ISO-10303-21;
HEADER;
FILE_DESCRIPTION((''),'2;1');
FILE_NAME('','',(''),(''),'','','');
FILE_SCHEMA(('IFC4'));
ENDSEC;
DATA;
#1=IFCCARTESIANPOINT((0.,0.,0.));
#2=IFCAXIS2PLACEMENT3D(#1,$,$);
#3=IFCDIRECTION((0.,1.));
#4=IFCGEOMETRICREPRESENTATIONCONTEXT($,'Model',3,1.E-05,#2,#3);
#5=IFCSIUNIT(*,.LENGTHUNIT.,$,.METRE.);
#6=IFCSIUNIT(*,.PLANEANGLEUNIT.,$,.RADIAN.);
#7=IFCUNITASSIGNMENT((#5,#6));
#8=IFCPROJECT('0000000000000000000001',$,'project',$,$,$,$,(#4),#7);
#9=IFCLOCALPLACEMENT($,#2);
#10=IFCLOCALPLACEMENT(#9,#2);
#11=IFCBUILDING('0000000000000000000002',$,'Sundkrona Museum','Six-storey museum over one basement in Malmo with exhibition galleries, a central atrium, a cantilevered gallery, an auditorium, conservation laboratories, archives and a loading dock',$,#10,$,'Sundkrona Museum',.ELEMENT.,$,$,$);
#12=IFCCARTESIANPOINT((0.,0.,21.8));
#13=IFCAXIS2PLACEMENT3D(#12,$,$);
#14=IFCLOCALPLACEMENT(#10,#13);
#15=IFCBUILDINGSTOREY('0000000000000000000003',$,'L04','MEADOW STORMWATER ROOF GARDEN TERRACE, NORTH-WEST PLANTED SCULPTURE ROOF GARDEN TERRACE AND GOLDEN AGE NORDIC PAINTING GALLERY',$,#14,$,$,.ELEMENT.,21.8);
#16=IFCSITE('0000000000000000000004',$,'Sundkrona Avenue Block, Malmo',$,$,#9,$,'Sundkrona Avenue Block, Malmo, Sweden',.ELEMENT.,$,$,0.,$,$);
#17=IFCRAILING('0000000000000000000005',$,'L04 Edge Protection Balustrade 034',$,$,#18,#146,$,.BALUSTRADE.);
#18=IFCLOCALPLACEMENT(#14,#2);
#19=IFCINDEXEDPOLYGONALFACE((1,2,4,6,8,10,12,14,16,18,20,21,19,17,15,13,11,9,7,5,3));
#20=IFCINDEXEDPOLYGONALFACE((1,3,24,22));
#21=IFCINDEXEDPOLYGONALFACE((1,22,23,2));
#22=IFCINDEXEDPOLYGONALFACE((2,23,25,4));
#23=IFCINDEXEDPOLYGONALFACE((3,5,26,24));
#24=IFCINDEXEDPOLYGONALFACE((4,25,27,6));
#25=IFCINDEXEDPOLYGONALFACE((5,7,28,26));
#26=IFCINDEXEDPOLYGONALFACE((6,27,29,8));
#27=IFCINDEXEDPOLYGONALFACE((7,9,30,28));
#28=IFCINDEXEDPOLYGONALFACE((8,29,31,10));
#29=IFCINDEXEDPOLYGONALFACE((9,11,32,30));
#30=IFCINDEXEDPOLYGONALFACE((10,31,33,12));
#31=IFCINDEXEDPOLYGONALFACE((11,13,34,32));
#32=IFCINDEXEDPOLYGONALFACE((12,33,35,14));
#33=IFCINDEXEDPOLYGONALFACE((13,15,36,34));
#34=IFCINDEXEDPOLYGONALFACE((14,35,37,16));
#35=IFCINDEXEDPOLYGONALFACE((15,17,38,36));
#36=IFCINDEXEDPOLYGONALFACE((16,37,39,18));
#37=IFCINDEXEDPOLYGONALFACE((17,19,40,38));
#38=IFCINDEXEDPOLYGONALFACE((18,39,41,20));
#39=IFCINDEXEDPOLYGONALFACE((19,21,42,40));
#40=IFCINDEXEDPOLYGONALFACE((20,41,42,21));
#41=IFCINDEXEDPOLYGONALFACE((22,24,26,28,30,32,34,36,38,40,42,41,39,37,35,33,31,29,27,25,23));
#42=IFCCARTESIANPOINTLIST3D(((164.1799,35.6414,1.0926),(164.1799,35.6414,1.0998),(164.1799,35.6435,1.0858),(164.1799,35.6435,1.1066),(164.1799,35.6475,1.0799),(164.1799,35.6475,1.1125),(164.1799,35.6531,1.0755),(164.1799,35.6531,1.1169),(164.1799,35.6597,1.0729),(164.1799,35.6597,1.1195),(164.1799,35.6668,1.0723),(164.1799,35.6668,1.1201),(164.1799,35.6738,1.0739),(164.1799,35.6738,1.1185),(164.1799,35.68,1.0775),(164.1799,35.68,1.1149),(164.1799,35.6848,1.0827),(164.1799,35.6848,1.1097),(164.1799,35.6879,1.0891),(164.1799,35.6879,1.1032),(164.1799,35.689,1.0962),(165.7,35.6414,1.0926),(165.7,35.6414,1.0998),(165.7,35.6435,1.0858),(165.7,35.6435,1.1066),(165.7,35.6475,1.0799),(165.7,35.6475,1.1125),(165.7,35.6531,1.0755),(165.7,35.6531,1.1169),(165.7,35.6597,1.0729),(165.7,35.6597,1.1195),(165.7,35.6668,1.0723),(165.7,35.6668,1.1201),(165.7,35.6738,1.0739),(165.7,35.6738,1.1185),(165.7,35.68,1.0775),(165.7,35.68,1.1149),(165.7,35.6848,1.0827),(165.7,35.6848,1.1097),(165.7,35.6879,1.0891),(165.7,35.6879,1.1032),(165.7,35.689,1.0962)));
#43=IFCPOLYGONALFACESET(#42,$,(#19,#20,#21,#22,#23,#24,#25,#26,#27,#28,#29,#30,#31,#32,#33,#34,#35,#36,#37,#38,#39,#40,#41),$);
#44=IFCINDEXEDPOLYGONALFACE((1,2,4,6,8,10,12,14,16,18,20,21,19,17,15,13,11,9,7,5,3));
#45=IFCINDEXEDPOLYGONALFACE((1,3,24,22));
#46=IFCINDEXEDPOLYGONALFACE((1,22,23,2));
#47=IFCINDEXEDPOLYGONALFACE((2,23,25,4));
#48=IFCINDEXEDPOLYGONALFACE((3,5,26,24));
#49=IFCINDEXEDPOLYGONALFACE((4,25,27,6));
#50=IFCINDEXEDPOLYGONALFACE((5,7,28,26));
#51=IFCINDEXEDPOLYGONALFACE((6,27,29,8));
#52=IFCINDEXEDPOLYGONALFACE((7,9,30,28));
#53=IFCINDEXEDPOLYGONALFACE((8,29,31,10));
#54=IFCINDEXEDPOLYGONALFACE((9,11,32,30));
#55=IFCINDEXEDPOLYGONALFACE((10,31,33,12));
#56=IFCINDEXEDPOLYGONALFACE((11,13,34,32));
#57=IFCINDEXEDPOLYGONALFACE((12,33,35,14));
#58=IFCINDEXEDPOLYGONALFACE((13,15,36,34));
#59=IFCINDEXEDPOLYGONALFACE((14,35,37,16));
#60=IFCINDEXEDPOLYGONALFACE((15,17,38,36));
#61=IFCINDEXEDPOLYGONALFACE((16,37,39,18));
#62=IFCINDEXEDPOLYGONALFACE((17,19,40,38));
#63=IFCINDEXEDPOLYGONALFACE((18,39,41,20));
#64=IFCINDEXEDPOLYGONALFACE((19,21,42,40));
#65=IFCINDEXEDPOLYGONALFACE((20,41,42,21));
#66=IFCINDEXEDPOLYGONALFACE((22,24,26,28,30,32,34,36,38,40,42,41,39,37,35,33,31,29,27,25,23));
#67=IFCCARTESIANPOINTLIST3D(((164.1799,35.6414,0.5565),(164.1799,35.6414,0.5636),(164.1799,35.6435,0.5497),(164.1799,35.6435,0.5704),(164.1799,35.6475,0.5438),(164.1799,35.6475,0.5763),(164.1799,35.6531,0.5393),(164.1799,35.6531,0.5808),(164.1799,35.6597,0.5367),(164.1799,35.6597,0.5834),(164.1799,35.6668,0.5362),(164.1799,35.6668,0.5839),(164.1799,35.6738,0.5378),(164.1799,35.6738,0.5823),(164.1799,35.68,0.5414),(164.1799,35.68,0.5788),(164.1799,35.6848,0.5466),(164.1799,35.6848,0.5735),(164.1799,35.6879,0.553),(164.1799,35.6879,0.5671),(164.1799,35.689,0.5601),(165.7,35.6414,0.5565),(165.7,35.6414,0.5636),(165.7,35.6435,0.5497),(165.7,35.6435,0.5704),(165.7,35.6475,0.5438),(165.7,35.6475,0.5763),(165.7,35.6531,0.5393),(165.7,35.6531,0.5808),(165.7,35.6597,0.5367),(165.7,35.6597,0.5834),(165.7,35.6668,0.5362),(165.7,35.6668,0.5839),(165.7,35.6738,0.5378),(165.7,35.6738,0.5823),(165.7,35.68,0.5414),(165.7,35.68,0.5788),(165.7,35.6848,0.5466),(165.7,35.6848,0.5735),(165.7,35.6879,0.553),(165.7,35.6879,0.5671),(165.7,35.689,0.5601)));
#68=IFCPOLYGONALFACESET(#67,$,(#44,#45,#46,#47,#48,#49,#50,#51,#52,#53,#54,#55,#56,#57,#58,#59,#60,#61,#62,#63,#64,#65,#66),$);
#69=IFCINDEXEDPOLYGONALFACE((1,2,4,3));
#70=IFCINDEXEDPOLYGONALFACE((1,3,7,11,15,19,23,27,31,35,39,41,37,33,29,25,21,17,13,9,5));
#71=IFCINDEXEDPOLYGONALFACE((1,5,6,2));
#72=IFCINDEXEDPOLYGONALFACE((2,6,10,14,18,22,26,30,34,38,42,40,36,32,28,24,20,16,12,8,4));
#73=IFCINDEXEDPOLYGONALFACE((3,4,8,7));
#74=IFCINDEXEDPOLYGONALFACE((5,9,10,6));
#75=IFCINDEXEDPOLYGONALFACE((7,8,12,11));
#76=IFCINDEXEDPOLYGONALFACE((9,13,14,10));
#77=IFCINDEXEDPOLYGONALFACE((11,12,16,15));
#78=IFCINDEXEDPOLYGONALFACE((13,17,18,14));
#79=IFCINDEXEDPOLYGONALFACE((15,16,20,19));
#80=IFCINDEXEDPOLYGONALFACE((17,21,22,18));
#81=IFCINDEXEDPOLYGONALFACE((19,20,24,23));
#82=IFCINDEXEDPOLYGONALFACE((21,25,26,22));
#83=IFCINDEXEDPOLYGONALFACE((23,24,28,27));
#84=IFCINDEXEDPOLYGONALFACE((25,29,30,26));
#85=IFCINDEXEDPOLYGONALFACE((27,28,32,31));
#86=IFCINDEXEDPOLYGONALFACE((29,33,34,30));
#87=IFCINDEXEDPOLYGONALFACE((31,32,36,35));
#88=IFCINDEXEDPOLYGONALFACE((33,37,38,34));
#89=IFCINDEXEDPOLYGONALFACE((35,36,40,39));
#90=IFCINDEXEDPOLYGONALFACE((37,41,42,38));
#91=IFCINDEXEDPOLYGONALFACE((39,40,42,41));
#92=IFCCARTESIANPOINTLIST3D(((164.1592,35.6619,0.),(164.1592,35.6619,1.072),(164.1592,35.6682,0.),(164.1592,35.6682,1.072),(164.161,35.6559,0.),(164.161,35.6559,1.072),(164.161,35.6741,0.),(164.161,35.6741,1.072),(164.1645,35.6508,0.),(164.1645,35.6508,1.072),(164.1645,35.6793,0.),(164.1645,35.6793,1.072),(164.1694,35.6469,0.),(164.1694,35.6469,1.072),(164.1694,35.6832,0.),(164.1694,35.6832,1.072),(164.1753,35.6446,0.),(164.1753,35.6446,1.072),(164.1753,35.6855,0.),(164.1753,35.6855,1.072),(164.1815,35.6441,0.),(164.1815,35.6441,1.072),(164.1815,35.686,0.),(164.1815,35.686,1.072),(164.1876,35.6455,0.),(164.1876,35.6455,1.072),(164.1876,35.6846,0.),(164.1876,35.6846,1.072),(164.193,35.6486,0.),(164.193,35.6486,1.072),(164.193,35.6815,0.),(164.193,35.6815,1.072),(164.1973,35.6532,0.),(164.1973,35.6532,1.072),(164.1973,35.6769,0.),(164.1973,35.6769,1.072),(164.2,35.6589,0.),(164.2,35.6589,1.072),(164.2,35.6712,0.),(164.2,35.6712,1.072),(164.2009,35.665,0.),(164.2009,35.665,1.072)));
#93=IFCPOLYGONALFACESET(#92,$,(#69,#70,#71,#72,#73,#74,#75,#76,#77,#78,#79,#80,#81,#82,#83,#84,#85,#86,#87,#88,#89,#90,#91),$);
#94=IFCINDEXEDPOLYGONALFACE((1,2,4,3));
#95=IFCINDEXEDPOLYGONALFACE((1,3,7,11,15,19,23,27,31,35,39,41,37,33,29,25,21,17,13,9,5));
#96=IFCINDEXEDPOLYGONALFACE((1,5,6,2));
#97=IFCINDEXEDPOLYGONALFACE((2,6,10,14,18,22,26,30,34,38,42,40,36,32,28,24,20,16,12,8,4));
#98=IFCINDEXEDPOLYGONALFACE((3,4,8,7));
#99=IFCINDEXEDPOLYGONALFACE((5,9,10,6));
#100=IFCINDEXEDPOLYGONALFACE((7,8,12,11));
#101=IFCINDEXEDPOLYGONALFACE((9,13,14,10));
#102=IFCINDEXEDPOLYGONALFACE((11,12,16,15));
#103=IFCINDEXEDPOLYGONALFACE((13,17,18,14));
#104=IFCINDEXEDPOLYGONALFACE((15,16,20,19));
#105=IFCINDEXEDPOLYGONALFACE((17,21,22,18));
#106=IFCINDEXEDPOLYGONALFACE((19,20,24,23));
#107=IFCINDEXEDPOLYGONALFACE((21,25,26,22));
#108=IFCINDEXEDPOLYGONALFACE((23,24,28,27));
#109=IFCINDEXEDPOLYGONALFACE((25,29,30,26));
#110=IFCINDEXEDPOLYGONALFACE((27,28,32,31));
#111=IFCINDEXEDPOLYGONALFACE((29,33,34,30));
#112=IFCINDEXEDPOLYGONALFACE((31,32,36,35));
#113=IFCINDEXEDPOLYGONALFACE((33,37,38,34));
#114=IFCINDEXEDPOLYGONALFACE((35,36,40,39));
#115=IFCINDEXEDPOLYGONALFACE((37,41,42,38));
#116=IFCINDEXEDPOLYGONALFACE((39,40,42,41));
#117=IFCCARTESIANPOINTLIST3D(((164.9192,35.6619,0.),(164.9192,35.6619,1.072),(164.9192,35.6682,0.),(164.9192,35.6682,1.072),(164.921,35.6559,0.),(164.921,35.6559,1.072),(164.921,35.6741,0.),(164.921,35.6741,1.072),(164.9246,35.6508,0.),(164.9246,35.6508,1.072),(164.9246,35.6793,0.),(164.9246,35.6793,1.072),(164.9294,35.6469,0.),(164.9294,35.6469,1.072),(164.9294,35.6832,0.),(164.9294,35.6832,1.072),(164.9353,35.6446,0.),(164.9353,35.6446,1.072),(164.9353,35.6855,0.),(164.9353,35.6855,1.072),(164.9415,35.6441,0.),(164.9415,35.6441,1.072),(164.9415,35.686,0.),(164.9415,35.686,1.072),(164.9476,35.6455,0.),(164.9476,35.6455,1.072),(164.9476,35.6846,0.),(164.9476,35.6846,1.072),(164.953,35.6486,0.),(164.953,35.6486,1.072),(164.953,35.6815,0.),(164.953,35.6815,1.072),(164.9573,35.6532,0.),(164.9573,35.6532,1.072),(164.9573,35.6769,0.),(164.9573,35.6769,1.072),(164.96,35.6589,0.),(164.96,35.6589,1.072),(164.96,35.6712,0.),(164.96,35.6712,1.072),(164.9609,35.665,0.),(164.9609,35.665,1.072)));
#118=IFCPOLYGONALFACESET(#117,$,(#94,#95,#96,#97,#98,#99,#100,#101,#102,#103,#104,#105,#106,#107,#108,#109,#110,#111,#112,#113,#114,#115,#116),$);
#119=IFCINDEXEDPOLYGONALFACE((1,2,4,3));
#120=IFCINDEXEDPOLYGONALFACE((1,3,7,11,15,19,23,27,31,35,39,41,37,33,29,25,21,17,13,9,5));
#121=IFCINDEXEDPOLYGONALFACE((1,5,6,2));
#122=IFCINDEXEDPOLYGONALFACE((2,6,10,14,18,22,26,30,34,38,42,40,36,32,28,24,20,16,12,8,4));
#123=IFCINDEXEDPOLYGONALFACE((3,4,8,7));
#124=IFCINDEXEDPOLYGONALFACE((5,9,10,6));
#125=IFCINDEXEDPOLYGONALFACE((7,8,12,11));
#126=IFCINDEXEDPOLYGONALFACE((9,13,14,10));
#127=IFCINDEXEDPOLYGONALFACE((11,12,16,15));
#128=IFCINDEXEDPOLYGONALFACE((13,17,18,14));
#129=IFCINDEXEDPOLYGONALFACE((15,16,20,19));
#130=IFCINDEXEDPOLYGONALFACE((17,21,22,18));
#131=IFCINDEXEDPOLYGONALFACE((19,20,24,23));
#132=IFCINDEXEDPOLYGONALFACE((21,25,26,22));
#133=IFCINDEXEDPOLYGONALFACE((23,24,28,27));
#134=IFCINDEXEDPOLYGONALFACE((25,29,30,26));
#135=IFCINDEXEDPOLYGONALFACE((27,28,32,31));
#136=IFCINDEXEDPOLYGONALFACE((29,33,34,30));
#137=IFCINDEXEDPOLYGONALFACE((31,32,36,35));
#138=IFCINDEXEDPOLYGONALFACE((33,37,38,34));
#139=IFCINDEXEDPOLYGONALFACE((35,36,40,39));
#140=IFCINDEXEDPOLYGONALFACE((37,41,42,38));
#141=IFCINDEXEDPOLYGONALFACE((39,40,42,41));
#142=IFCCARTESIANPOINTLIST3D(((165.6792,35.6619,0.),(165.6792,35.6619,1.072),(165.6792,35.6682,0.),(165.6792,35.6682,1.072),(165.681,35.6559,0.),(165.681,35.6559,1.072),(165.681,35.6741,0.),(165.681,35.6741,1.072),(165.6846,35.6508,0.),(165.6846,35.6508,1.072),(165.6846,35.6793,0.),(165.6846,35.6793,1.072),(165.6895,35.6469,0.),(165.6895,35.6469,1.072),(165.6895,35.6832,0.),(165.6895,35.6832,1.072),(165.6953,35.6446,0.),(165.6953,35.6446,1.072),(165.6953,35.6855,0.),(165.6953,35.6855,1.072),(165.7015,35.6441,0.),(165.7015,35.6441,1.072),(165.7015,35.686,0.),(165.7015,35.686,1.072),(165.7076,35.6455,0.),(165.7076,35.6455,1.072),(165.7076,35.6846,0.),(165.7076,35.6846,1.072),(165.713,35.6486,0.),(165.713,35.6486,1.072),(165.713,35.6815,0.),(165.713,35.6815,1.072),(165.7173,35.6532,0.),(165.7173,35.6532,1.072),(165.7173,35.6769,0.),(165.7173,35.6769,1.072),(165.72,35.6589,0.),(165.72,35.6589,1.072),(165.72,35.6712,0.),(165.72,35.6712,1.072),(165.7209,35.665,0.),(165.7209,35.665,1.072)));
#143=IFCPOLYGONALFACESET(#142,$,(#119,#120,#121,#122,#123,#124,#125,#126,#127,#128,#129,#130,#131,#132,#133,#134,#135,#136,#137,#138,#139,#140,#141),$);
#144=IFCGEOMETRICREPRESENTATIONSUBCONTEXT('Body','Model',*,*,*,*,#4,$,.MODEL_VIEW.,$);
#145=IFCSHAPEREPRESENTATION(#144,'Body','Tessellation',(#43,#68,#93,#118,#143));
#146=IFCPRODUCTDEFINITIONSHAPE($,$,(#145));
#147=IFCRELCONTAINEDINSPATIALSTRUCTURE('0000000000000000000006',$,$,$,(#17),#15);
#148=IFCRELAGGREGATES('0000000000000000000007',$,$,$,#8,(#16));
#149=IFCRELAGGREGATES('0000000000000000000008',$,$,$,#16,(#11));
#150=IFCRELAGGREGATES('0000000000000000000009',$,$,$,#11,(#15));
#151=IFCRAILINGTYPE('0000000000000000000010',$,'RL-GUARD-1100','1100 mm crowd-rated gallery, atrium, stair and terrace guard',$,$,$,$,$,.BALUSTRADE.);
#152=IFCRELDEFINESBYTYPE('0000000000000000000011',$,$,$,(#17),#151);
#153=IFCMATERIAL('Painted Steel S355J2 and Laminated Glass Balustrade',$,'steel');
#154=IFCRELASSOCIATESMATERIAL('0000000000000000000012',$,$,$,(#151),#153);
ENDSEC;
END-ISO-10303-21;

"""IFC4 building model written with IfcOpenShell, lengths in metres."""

from ifc_helpers import new_model, si_unit, direction, frame, origin, origin_2d, place, context, subcontext, project, spatial, circle, extrude, material, type_object, element, save


model = new_model("IFC4")

# Units and contexts
model_context = context("Model", 3, precision=1e-05, world=origin(), true_north=direction((0.0, 1.0)))
body_context = subcontext(model_context, "Body", "Model", "MODEL_VIEW")
ifc_project = project(units=[si_unit("LENGTHUNIT", "METRE"), si_unit("PLANEANGLEUNIT", "RADIAN")], contexts=[model_context])

# Site, building, storey
site_placement = place(None, origin())
site = spatial("IfcSite", under=ifc_project, at=site_placement, Name="Sundkrona Avenue Block, Malmo", LongName="Sundkrona Avenue Block, Malmo, Sweden", CompositionType="ELEMENT", RefElevation=0.0)
building_placement = place(site_placement, origin())
building = spatial("IfcBuilding", under=site, at=building_placement, Name="Sundkrona Museum", Description="Six-storey museum over one basement in Malmo with exhibition galleries, a central atrium, a cantilevered gallery, an auditorium, conservation laboratories, archives and a loading dock", LongName="Sundkrona Museum", CompositionType="ELEMENT")
storey_placement = place(building_placement, frame((0.0, 0.0, 21.8)))
storey = spatial("IfcBuildingStorey", under=building, at=storey_placement, Name="L04", Description="MEADOW STORMWATER ROOF GARDEN TERRACE, NORTH-WEST PLANTED SCULPTURE ROOF GARDEN TERRACE AND GOLDEN AGE NORDIC PAINTING GALLERY", CompositionType="ELEMENT", Elevation=21.8)

# Railing
ifc_material_1 = material(Name="Painted Steel S355J2 and Laminated Glass Balustrade", Category="steel")
railing_type_1 = type_object("IfcRailingType", Name="RL-GUARD-1100", Description="1100 mm crowd-rated gallery, atrium, stair and terrace guard", PredefinedType="BALUSTRADE", material=ifc_material_1)
for number, where, name in (
    (1, (164.1799, 35.665, 0.0), "L04 Edge Protection Balustrade 034"),
):
    element("IfcRailing", number, at=place(storey_placement, frame(where)), inside=storey, type_object=railing_type_1, Name=name, PredefinedType="BALUSTRADE", context=body_context, shape_type="SweptSolid", body=[
        extrude(circle(Radius=0.0239, at=origin_2d()), frame((0.0, 0.0, 1.0962), z_axis=(1.0, 0.0, 0.0), x_axis=(0.0, 1.0, 0.0)), (0.0, 0.0, 1.0), 1.52),
        extrude(circle(Radius=0.0239, at=origin_2d()), frame((0.0, 0.0, 0.5601), z_axis=(1.0, 0.0, 0.0), x_axis=(0.0, 1.0, 0.0)), (0.0, 0.0, 1.0), 1.52),
        extrude(circle(Radius=0.021, at=origin_2d()), origin(), (0.0, 0.0, 1.0), 1.072),
        extrude(circle(Radius=0.021, at=origin_2d()), frame((0.76, 0.0, 0.0)), (0.0, 0.0, 1.0), 1.072),
        extrude(circle(Radius=0.021, at=origin_2d()), frame((1.52, 0.0, 0.0)), (0.0, 0.0, 1.0), 1.072),
    ])

save(model, "model.ifc")
